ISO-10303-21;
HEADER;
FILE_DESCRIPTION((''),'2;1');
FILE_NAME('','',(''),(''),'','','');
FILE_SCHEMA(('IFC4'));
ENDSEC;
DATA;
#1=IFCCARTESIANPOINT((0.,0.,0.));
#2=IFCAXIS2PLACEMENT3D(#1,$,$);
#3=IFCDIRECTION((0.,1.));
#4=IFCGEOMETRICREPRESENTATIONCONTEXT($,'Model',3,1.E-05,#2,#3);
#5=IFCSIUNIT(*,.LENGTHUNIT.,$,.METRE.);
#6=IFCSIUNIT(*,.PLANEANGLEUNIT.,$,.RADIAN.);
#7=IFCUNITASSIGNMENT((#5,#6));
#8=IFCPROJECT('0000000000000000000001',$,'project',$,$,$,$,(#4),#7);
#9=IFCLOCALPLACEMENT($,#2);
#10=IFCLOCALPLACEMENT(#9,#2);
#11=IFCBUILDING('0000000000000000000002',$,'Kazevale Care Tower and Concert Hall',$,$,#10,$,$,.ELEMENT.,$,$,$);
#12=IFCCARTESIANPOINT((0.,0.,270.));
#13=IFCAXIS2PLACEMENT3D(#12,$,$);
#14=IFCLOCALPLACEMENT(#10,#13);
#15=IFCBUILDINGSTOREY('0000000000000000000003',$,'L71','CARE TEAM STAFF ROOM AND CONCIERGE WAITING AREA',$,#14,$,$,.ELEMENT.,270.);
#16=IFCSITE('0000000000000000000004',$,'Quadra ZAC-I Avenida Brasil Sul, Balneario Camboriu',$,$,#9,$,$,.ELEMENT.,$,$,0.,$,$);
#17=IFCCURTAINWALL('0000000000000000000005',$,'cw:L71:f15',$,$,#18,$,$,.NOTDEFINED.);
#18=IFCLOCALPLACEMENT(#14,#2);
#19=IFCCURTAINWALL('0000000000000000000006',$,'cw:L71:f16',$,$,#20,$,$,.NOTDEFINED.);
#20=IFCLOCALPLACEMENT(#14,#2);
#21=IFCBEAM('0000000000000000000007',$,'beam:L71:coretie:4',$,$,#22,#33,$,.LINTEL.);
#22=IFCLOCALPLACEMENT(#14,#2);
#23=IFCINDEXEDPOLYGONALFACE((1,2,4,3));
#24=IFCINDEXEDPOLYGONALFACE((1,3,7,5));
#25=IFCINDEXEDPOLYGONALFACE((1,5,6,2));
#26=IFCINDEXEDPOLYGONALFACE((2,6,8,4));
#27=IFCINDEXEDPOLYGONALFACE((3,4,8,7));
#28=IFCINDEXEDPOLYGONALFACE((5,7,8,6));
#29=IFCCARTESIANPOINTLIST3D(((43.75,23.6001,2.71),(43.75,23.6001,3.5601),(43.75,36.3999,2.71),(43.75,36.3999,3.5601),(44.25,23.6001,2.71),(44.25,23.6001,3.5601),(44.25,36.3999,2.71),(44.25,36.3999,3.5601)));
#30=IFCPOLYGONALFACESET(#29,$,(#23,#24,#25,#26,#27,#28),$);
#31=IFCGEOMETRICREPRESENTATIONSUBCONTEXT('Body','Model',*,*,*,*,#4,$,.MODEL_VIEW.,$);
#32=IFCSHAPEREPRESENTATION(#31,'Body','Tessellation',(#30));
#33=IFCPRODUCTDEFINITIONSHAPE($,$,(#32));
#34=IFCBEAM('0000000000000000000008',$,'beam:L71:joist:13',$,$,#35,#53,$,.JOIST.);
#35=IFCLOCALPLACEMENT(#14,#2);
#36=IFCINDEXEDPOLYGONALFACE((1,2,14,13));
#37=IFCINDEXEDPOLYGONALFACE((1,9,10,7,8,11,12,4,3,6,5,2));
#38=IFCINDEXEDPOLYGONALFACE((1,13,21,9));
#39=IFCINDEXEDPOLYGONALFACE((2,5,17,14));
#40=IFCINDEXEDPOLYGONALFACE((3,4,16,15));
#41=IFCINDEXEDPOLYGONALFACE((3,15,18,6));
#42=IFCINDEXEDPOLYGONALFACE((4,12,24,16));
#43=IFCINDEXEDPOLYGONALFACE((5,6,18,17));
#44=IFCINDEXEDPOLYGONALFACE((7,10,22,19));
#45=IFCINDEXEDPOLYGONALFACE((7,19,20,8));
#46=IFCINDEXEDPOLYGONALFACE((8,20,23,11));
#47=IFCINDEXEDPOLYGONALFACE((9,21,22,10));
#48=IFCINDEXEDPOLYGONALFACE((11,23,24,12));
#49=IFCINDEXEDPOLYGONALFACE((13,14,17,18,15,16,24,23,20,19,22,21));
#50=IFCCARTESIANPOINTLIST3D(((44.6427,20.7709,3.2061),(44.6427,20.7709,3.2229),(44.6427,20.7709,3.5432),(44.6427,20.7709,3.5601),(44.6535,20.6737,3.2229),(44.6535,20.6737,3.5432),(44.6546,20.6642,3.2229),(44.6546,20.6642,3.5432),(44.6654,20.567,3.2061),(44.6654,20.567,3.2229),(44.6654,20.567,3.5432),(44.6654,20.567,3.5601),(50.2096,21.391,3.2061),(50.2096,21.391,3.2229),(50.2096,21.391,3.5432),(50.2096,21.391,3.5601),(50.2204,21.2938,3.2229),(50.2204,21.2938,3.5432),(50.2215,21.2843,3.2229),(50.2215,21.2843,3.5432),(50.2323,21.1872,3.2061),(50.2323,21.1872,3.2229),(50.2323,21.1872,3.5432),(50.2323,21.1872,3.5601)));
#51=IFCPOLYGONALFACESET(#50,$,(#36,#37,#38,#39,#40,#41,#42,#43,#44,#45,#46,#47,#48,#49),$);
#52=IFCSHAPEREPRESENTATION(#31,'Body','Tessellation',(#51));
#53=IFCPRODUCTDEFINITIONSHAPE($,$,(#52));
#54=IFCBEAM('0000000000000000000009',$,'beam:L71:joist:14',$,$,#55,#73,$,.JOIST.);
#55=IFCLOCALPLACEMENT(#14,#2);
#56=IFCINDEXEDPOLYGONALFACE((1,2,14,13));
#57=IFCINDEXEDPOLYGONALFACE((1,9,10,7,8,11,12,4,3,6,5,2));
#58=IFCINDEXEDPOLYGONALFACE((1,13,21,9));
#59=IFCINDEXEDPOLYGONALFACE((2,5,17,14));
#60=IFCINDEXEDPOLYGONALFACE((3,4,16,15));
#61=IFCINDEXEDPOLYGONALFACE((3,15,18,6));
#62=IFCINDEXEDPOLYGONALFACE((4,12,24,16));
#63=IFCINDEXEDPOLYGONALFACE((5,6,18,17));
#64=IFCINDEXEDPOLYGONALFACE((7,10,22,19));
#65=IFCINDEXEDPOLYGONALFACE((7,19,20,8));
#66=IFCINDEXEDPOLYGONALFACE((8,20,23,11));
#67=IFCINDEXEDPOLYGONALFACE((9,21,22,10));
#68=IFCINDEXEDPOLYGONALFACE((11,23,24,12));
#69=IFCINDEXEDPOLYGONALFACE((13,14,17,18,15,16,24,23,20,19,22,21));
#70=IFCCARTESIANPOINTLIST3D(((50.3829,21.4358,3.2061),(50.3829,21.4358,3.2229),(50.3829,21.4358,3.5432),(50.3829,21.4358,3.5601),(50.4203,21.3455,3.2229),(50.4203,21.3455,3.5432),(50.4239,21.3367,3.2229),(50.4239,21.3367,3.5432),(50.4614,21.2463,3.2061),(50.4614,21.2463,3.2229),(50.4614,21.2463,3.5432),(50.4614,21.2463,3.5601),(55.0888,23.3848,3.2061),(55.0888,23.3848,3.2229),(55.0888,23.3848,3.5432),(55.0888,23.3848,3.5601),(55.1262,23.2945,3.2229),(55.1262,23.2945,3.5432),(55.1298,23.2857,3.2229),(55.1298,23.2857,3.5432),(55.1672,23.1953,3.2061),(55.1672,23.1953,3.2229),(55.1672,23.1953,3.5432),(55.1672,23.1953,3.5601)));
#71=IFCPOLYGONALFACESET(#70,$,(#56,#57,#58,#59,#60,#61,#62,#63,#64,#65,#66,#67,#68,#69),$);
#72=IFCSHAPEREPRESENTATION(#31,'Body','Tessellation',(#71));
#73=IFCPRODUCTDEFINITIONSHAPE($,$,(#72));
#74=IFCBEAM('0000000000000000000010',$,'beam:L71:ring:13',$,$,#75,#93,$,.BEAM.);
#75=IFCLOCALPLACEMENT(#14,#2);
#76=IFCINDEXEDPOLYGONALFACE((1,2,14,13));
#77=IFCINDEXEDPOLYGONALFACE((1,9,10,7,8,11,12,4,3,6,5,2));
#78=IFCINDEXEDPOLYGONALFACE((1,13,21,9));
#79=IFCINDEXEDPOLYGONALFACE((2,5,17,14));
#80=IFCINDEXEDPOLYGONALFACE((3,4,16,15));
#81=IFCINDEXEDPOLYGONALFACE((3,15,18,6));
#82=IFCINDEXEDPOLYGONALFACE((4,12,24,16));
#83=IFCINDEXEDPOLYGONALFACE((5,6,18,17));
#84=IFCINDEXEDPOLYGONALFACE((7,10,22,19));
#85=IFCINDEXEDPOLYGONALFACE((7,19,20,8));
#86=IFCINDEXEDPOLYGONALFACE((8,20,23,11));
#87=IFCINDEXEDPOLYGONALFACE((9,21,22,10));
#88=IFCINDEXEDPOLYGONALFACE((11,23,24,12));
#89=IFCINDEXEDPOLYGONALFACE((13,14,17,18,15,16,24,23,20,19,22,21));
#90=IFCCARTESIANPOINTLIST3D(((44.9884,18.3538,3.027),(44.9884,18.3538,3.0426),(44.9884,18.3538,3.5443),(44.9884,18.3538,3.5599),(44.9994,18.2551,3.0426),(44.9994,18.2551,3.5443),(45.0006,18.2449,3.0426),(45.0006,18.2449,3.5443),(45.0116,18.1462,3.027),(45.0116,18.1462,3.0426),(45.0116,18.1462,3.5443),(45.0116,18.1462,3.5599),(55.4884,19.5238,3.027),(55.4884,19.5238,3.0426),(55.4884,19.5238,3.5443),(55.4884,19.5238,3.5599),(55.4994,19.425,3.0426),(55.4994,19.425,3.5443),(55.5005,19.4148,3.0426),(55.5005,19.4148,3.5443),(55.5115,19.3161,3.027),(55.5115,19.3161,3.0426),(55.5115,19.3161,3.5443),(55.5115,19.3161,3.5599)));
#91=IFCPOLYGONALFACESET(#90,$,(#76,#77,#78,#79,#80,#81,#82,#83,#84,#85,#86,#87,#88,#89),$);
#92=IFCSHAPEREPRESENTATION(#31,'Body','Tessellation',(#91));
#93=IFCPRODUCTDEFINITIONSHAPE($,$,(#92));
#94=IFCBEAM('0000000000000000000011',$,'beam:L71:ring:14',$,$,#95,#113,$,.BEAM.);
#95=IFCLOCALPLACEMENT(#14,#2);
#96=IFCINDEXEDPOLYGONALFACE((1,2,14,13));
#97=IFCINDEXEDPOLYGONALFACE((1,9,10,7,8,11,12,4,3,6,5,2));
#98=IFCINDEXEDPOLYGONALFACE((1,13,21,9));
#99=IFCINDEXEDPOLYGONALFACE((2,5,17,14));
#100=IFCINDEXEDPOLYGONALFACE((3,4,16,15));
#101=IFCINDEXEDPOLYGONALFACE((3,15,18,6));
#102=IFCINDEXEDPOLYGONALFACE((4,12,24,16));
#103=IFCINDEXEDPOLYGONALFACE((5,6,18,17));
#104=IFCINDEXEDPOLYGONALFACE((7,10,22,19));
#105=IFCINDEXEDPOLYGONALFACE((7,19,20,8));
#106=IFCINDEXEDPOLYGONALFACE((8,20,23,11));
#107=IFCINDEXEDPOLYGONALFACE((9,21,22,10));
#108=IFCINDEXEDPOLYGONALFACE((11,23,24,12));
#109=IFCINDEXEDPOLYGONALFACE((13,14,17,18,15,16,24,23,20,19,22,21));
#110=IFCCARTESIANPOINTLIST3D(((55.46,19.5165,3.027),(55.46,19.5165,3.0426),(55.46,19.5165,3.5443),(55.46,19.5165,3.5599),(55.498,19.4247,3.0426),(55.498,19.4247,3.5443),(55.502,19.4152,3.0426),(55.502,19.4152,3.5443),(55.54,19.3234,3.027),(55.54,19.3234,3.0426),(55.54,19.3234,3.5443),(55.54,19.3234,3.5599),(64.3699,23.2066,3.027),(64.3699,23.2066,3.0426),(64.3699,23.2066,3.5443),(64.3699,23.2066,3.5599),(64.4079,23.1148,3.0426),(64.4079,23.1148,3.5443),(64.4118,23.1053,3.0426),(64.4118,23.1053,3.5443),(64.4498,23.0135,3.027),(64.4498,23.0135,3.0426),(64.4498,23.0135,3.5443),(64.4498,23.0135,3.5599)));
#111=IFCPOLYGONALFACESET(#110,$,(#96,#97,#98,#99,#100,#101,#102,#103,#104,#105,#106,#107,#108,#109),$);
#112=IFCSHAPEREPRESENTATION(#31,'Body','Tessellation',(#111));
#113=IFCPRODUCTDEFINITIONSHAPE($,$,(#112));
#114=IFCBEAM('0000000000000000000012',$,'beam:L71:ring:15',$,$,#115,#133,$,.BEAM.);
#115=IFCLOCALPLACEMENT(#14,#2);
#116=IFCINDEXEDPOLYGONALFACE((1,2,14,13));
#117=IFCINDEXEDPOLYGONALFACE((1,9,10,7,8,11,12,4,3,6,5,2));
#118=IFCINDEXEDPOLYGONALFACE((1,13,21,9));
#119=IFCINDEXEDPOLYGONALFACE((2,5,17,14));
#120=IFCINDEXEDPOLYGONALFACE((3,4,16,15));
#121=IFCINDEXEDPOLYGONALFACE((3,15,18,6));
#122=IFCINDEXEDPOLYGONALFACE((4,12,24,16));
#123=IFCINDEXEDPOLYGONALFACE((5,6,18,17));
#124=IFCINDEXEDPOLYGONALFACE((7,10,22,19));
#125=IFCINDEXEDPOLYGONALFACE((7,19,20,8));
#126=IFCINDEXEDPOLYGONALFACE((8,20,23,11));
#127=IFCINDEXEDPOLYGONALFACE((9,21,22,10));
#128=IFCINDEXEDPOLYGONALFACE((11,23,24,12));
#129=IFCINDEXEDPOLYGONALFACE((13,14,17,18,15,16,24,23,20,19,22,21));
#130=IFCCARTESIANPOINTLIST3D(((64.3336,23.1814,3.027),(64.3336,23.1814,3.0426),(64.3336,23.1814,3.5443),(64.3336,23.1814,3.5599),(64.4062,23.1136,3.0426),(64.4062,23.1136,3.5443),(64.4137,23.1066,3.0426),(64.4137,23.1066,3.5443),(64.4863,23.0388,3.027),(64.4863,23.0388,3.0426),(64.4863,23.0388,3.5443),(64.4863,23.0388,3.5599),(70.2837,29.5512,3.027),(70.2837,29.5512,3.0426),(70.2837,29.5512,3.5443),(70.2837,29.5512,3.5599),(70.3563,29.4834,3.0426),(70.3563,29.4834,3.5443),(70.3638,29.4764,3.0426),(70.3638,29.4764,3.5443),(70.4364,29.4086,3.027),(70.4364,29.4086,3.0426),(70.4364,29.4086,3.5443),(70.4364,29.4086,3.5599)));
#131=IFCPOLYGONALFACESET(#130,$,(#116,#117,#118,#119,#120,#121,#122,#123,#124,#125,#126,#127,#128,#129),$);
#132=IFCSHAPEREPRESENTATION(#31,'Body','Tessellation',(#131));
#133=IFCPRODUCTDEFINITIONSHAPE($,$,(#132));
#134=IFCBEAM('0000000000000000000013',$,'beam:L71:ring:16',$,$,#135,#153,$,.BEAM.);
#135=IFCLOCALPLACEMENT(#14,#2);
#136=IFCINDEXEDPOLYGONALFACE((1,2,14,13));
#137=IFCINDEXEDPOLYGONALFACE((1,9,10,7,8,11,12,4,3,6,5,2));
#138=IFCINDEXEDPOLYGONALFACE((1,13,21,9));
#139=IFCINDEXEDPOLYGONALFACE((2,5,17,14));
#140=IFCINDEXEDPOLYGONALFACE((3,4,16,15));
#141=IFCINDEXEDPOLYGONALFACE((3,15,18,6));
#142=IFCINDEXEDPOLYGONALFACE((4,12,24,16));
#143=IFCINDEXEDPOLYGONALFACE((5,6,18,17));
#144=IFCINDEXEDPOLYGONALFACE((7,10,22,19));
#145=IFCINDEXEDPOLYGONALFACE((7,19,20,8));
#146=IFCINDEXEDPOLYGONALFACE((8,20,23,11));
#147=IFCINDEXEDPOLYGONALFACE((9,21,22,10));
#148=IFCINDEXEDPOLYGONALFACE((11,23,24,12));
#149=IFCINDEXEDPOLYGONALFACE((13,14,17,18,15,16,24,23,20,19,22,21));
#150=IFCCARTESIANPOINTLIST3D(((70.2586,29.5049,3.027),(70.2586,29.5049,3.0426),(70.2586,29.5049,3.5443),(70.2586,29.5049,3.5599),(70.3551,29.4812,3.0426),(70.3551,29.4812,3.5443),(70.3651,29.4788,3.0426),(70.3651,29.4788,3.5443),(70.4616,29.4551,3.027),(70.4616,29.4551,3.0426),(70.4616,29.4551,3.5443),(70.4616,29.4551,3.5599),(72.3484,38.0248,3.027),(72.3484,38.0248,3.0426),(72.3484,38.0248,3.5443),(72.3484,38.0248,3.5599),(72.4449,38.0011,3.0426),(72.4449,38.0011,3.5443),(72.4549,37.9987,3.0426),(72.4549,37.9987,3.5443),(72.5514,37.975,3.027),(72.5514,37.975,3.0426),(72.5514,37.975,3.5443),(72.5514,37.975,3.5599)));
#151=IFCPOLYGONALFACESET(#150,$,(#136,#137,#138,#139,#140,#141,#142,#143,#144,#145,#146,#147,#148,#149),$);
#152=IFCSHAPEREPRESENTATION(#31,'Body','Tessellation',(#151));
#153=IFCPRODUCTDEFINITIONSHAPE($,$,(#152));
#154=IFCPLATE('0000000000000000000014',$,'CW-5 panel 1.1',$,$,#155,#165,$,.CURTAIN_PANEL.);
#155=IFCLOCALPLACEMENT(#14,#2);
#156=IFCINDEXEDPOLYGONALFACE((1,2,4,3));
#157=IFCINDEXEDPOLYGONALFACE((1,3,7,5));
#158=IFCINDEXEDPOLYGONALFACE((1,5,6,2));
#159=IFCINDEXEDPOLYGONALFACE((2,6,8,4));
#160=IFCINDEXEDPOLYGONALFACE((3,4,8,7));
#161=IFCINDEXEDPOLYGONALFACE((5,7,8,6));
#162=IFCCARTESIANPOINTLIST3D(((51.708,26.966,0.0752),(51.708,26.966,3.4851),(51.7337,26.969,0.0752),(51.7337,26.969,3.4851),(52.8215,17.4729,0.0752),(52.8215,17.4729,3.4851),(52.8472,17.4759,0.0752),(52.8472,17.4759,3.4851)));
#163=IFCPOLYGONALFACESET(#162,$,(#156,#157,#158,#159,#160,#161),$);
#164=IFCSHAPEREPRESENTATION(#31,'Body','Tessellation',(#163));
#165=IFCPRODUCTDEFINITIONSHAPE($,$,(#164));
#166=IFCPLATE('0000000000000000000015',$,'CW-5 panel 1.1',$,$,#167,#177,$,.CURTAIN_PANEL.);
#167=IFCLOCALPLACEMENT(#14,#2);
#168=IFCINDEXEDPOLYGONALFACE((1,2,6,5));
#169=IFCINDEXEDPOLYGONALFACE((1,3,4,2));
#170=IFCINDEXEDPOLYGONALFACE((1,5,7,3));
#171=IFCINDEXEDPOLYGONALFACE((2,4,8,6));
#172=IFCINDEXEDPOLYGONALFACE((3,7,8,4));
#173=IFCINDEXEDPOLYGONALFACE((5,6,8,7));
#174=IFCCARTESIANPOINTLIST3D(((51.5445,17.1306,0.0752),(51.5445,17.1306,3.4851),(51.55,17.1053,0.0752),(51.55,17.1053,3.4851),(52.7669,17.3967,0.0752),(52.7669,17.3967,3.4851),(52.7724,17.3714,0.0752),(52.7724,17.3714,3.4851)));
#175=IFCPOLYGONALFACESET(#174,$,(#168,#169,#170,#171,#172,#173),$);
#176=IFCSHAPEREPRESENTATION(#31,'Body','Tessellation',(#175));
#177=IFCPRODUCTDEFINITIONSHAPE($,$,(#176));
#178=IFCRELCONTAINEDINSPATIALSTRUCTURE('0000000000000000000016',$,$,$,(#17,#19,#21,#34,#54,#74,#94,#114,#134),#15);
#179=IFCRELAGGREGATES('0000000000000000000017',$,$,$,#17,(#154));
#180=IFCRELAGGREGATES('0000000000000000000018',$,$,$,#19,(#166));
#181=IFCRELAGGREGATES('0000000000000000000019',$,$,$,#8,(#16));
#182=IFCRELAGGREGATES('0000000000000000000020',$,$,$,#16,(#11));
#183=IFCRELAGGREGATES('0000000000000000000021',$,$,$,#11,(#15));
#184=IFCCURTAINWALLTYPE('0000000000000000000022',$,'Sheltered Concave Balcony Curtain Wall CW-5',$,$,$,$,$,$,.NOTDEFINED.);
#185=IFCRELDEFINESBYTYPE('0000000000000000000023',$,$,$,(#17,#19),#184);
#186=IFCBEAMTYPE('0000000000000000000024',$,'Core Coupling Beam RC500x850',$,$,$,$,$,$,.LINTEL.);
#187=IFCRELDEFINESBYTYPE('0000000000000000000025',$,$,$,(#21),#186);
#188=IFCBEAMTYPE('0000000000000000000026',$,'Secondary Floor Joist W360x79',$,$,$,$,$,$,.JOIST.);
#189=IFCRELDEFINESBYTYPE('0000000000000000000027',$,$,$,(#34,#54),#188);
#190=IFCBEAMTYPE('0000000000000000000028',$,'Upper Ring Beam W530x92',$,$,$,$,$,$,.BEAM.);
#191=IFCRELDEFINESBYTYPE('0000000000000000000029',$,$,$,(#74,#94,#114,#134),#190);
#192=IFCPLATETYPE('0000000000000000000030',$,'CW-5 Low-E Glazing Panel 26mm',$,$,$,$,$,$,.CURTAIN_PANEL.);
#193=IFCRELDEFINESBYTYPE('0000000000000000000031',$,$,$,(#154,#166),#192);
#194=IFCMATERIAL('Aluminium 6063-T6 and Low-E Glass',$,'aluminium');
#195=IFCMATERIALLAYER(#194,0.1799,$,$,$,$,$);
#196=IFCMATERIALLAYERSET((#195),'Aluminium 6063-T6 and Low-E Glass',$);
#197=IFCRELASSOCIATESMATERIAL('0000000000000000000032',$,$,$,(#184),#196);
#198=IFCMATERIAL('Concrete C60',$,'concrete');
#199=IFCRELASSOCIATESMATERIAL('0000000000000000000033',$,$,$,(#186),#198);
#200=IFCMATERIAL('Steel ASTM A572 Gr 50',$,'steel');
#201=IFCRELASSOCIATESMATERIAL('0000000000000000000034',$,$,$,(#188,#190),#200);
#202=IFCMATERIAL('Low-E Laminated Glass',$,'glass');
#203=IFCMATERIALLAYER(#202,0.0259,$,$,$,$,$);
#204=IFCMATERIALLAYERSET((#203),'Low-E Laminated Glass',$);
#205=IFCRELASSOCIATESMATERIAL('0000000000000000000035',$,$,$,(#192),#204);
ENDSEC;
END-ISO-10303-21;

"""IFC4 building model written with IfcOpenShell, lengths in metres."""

from ifc_helpers import new_model, si_unit, direction, frame, origin, origin_2d, place, context, subcontext, project, spatial, rectangle, i_section, extrude, material, layer, layer_set, material_profile, profile_set, type_object, element, aggregate, save


model = new_model("IFC4")

# Units and contexts
model_context = context("Model", 3, precision=1e-05, world=origin(), true_north=direction((0.0, 1.0)))
body_context = subcontext(model_context, "Body", "Model", "MODEL_VIEW")
ifc_project = project(units=[si_unit("LENGTHUNIT", "METRE"), si_unit("PLANEANGLEUNIT", "RADIAN")], contexts=[model_context])

# Site, building, storey
site_placement = place(None, origin())
site = spatial("IfcSite", under=ifc_project, at=site_placement, Name="Quadra ZAC-I Avenida Brasil Sul, Balneario Camboriu", CompositionType="ELEMENT", RefElevation=0.0)
building_placement = place(site_placement, origin())
building = spatial("IfcBuilding", under=site, at=building_placement, Name="Kazevale Care Tower and Concert Hall", CompositionType="ELEMENT")
storey_placement = place(building_placement, frame((0.0, 0.0, 270.0)))
storey = spatial("IfcBuildingStorey", under=building, at=storey_placement, Name="L71", Description="CARE TEAM STAFF ROOM AND CONCIERGE WAITING AREA", CompositionType="ELEMENT", Elevation=270.0)

# Shared definitions
ifc_material_1 = material(Name="Aluminium 6063-T6 and Low-E Glass", Category="aluminium")
ifc_layer_1 = layer(ifc_material_1, 0.1799)
ifc_layer_set_1 = layer_set([ifc_layer_1], Name="Aluminium 6063-T6 and Low-E Glass")
curtain_wall_type_1 = type_object("IfcCurtainWallType", Name="Sheltered Concave Balcony Curtain Wall CW-5", PredefinedType="NOTDEFINED", material=ifc_layer_set_1)

# Curtain walls
curtain_wall_1_placement = place(storey_placement, origin())
curtain_wall_1 = element("IfcCurtainWall", 1, at=curtain_wall_1_placement, inside=storey, type_object=curtain_wall_type_1, Name="cw:L71:f15", PredefinedType="NOTDEFINED")
curtain_wall_2_placement = place(storey_placement, origin())
curtain_wall_2 = element("IfcCurtainWall", 2, at=curtain_wall_2_placement, inside=storey, type_object=curtain_wall_type_1, Name="cw:L71:f16", PredefinedType="NOTDEFINED")

# Beams
ifc_material_2 = material(Name="Concrete C60", Category="concrete")
ifc_material_profile_1 = material_profile(ifc_material_2, rectangle(XDim=0.5, YDim=0.8501, at=origin_2d()), Name="RC-B500x850")
ifc_profile_set_1 = profile_set([ifc_material_profile_1], Name="Concrete C60")
beam_type_1 = type_object("IfcBeamType", Name="Core Coupling Beam RC500x850", PredefinedType="LINTEL", material=ifc_profile_set_1)
beam_1_placement = place(storey_placement, frame((44.0, 23.6001, 3.135), z_axis=(0.0, 1.0, 0.0), x_axis=(-1.0, 0.0, 0.0)))
element("IfcBeam", 3, at=beam_1_placement, inside=storey, type_object=beam_type_1, Name="beam:L71:coretie:4", PredefinedType="LINTEL", context=body_context, shape_type="SweptSolid", body=[
    extrude(rectangle(XDim=0.5, YDim=0.8501, at=origin_2d()), origin(), (0.0, 0.0, 1.0), 12.7998),
])
ifc_material_3 = material(Name="Steel ASTM A572 Gr 50", Category="steel")
ifc_material_profile_2 = material_profile(ifc_material_3, i_section(OverallWidth=0.2051, OverallDepth=0.354, WebThickness=0.0095, FlangeThickness=0.0168, at=origin_2d()), Name="W360x79")
ifc_profile_set_2 = profile_set([ifc_material_profile_2], Name="Steel ASTM A572 Gr 50")
beam_type_2 = type_object("IfcBeamType", Name="Secondary Floor Joist W360x79", PredefinedType="JOIST", material=ifc_profile_set_2)
beam_2_placement = place(storey_placement, frame((44.6541, 20.6689, 3.3831), z_axis=(0.993853, 0.110709, 0.0), x_axis=(-0.110709, 0.993853, 0.0)))
element("IfcBeam", 4, at=beam_2_placement, inside=storey, type_object=beam_type_2, Name="beam:L71:joist:13", PredefinedType="JOIST", context=body_context, shape_type="SweptSolid", body=[
    extrude(i_section(OverallWidth=0.2051, OverallDepth=0.354, WebThickness=0.0095, FlangeThickness=0.0168, at=origin_2d()), origin(), (0.0, 0.0, 1.0), 5.6013),
])
beam_3_placement = place(storey_placement, frame((50.4221, 21.3411, 3.3831), z_axis=(0.923896, 0.382644, 0.0), x_axis=(-0.382644, 0.923896, 0.0)))
element("IfcBeam", 5, at=beam_3_placement, inside=storey, type_object=beam_type_2, Name="beam:L71:joist:14", PredefinedType="JOIST", context=body_context, shape_type="SweptSolid", body=[
    extrude(i_section(OverallWidth=0.2051, OverallDepth=0.354, WebThickness=0.0095, FlangeThickness=0.0168, at=origin_2d()), origin(), (0.0, 0.0, 1.0), 5.0935),
])
ifc_material_profile_3 = material_profile(ifc_material_3, i_section(OverallWidth=0.209, OverallDepth=0.533, WebThickness=0.0103, FlangeThickness=0.0156, at=origin_2d()), Name="W530x92")
ifc_profile_set_3 = profile_set([ifc_material_profile_3], Name="Steel ASTM A572 Gr 50")
beam_type_3 = type_object("IfcBeamType", Name="Upper Ring Beam W530x92", PredefinedType="BEAM", material=ifc_profile_set_3)
beam_4_placement = place(storey_placement, frame((45.0, 18.25, 3.2935), z_axis=(0.99385, 0.110736, 0.0), x_axis=(-0.110736, 0.99385, 0.0)))
element("IfcBeam", 6, at=beam_4_placement, inside=storey, type_object=beam_type_3, Name="beam:L71:ring:13", PredefinedType="BEAM", context=body_context, shape_type="SweptSolid", body=[
    extrude(i_section(OverallWidth=0.209, OverallDepth=0.533, WebThickness=0.0103, FlangeThickness=0.0156, at=origin_2d()), origin(), (0.0, 0.0, 1.0), 10.5649),
])
beam_5_placement = place(storey_placement, frame((55.5, 19.4199, 3.2935), z_axis=(0.923895, 0.382646, 0.0), x_axis=(-0.382646, 0.923895, 0.0)))
element("IfcBeam", 7, at=beam_5_placement, inside=storey, type_object=beam_type_3, Name="beam:L71:ring:14", PredefinedType="BEAM", context=body_context, shape_type="SweptSolid", body=[
    extrude(i_section(OverallWidth=0.209, OverallDepth=0.533, WebThickness=0.0103, FlangeThickness=0.0156, at=origin_2d()), origin(), (0.0, 0.0, 1.0), 9.6438),
])
beam_6_placement = place(storey_placement, frame((64.4099, 23.1101, 3.2935), z_axis=(0.682624, 0.73077, 0.0), x_axis=(-0.73077, 0.682624, 0.0)))
element("IfcBeam", 8, at=beam_6_placement, inside=storey, type_object=beam_type_3, Name="beam:L71:ring:15", PredefinedType="BEAM", context=body_context, shape_type="SweptSolid", body=[
    extrude(i_section(OverallWidth=0.209, OverallDepth=0.533, WebThickness=0.0103, FlangeThickness=0.0156, at=origin_2d()), origin(), (0.0, 0.0, 1.0), 8.7166),
])
beam_7_placement = place(storey_placement, frame((70.3601, 29.48, 3.2935), z_axis=(0.238224, 0.97121, 0.0), x_axis=(-0.97121, 0.238224, 0.0)))
element("IfcBeam", 9, at=beam_7_placement, inside=storey, type_object=beam_type_3, Name="beam:L71:ring:16", PredefinedType="BEAM", context=body_context, shape_type="SweptSolid", body=[
    extrude(i_section(OverallWidth=0.209, OverallDepth=0.533, WebThickness=0.0103, FlangeThickness=0.0156, at=origin_2d()), origin(), (0.0, 0.0, 1.0), 8.7725),
])

# Plates
ifc_material_4 = material(Name="Low-E Laminated Glass", Category="glass")
ifc_layer_2 = layer(ifc_material_4, 0.0259)
ifc_layer_set_2 = layer_set([ifc_layer_2], Name="Low-E Laminated Glass")
plate_type = type_object("IfcPlateType", Name="CW-5 Low-E Glazing Panel 26mm", PredefinedType="CURTAIN_PANEL", material=ifc_layer_set_2)
plate_1_placement = place(storey_placement, frame((52.2776, 22.2209, 0.0752), z_axis=(0.0, 0.0, 1.0), x_axis=(0.116501, -0.993191, 0.0)))
plate_1 = element("IfcPlate", 10, at=plate_1_placement, type_object=plate_type, Name="CW-5 panel 1.1", PredefinedType="CURTAIN_PANEL", context=body_context, shape_type="SweptSolid", body=[
    extrude(rectangle(XDim=9.5581, YDim=0.0259, at=origin_2d()), origin(), (0.0, 0.0, 1.0), 3.4099),
])
aggregate(curtain_wall_1, [plate_1])
plate_2_placement = place(storey_placement, frame((52.1584, 17.251, 0.0752), z_axis=(0.0, 0.0, 1.0), x_axis=(-0.977118, -0.212696, 0.0)))
plate_2 = element("IfcPlate", 11, at=plate_2_placement, type_object=plate_type, Name="CW-5 panel 1.1", PredefinedType="CURTAIN_PANEL", context=body_context, shape_type="SweptSolid", body=[
    extrude(rectangle(XDim=1.251, YDim=0.0259, at=origin_2d()), origin(), (0.0, 0.0, 1.0), 3.4099),
])
aggregate(curtain_wall_2, [plate_2])

save(model, "model.ifc")
